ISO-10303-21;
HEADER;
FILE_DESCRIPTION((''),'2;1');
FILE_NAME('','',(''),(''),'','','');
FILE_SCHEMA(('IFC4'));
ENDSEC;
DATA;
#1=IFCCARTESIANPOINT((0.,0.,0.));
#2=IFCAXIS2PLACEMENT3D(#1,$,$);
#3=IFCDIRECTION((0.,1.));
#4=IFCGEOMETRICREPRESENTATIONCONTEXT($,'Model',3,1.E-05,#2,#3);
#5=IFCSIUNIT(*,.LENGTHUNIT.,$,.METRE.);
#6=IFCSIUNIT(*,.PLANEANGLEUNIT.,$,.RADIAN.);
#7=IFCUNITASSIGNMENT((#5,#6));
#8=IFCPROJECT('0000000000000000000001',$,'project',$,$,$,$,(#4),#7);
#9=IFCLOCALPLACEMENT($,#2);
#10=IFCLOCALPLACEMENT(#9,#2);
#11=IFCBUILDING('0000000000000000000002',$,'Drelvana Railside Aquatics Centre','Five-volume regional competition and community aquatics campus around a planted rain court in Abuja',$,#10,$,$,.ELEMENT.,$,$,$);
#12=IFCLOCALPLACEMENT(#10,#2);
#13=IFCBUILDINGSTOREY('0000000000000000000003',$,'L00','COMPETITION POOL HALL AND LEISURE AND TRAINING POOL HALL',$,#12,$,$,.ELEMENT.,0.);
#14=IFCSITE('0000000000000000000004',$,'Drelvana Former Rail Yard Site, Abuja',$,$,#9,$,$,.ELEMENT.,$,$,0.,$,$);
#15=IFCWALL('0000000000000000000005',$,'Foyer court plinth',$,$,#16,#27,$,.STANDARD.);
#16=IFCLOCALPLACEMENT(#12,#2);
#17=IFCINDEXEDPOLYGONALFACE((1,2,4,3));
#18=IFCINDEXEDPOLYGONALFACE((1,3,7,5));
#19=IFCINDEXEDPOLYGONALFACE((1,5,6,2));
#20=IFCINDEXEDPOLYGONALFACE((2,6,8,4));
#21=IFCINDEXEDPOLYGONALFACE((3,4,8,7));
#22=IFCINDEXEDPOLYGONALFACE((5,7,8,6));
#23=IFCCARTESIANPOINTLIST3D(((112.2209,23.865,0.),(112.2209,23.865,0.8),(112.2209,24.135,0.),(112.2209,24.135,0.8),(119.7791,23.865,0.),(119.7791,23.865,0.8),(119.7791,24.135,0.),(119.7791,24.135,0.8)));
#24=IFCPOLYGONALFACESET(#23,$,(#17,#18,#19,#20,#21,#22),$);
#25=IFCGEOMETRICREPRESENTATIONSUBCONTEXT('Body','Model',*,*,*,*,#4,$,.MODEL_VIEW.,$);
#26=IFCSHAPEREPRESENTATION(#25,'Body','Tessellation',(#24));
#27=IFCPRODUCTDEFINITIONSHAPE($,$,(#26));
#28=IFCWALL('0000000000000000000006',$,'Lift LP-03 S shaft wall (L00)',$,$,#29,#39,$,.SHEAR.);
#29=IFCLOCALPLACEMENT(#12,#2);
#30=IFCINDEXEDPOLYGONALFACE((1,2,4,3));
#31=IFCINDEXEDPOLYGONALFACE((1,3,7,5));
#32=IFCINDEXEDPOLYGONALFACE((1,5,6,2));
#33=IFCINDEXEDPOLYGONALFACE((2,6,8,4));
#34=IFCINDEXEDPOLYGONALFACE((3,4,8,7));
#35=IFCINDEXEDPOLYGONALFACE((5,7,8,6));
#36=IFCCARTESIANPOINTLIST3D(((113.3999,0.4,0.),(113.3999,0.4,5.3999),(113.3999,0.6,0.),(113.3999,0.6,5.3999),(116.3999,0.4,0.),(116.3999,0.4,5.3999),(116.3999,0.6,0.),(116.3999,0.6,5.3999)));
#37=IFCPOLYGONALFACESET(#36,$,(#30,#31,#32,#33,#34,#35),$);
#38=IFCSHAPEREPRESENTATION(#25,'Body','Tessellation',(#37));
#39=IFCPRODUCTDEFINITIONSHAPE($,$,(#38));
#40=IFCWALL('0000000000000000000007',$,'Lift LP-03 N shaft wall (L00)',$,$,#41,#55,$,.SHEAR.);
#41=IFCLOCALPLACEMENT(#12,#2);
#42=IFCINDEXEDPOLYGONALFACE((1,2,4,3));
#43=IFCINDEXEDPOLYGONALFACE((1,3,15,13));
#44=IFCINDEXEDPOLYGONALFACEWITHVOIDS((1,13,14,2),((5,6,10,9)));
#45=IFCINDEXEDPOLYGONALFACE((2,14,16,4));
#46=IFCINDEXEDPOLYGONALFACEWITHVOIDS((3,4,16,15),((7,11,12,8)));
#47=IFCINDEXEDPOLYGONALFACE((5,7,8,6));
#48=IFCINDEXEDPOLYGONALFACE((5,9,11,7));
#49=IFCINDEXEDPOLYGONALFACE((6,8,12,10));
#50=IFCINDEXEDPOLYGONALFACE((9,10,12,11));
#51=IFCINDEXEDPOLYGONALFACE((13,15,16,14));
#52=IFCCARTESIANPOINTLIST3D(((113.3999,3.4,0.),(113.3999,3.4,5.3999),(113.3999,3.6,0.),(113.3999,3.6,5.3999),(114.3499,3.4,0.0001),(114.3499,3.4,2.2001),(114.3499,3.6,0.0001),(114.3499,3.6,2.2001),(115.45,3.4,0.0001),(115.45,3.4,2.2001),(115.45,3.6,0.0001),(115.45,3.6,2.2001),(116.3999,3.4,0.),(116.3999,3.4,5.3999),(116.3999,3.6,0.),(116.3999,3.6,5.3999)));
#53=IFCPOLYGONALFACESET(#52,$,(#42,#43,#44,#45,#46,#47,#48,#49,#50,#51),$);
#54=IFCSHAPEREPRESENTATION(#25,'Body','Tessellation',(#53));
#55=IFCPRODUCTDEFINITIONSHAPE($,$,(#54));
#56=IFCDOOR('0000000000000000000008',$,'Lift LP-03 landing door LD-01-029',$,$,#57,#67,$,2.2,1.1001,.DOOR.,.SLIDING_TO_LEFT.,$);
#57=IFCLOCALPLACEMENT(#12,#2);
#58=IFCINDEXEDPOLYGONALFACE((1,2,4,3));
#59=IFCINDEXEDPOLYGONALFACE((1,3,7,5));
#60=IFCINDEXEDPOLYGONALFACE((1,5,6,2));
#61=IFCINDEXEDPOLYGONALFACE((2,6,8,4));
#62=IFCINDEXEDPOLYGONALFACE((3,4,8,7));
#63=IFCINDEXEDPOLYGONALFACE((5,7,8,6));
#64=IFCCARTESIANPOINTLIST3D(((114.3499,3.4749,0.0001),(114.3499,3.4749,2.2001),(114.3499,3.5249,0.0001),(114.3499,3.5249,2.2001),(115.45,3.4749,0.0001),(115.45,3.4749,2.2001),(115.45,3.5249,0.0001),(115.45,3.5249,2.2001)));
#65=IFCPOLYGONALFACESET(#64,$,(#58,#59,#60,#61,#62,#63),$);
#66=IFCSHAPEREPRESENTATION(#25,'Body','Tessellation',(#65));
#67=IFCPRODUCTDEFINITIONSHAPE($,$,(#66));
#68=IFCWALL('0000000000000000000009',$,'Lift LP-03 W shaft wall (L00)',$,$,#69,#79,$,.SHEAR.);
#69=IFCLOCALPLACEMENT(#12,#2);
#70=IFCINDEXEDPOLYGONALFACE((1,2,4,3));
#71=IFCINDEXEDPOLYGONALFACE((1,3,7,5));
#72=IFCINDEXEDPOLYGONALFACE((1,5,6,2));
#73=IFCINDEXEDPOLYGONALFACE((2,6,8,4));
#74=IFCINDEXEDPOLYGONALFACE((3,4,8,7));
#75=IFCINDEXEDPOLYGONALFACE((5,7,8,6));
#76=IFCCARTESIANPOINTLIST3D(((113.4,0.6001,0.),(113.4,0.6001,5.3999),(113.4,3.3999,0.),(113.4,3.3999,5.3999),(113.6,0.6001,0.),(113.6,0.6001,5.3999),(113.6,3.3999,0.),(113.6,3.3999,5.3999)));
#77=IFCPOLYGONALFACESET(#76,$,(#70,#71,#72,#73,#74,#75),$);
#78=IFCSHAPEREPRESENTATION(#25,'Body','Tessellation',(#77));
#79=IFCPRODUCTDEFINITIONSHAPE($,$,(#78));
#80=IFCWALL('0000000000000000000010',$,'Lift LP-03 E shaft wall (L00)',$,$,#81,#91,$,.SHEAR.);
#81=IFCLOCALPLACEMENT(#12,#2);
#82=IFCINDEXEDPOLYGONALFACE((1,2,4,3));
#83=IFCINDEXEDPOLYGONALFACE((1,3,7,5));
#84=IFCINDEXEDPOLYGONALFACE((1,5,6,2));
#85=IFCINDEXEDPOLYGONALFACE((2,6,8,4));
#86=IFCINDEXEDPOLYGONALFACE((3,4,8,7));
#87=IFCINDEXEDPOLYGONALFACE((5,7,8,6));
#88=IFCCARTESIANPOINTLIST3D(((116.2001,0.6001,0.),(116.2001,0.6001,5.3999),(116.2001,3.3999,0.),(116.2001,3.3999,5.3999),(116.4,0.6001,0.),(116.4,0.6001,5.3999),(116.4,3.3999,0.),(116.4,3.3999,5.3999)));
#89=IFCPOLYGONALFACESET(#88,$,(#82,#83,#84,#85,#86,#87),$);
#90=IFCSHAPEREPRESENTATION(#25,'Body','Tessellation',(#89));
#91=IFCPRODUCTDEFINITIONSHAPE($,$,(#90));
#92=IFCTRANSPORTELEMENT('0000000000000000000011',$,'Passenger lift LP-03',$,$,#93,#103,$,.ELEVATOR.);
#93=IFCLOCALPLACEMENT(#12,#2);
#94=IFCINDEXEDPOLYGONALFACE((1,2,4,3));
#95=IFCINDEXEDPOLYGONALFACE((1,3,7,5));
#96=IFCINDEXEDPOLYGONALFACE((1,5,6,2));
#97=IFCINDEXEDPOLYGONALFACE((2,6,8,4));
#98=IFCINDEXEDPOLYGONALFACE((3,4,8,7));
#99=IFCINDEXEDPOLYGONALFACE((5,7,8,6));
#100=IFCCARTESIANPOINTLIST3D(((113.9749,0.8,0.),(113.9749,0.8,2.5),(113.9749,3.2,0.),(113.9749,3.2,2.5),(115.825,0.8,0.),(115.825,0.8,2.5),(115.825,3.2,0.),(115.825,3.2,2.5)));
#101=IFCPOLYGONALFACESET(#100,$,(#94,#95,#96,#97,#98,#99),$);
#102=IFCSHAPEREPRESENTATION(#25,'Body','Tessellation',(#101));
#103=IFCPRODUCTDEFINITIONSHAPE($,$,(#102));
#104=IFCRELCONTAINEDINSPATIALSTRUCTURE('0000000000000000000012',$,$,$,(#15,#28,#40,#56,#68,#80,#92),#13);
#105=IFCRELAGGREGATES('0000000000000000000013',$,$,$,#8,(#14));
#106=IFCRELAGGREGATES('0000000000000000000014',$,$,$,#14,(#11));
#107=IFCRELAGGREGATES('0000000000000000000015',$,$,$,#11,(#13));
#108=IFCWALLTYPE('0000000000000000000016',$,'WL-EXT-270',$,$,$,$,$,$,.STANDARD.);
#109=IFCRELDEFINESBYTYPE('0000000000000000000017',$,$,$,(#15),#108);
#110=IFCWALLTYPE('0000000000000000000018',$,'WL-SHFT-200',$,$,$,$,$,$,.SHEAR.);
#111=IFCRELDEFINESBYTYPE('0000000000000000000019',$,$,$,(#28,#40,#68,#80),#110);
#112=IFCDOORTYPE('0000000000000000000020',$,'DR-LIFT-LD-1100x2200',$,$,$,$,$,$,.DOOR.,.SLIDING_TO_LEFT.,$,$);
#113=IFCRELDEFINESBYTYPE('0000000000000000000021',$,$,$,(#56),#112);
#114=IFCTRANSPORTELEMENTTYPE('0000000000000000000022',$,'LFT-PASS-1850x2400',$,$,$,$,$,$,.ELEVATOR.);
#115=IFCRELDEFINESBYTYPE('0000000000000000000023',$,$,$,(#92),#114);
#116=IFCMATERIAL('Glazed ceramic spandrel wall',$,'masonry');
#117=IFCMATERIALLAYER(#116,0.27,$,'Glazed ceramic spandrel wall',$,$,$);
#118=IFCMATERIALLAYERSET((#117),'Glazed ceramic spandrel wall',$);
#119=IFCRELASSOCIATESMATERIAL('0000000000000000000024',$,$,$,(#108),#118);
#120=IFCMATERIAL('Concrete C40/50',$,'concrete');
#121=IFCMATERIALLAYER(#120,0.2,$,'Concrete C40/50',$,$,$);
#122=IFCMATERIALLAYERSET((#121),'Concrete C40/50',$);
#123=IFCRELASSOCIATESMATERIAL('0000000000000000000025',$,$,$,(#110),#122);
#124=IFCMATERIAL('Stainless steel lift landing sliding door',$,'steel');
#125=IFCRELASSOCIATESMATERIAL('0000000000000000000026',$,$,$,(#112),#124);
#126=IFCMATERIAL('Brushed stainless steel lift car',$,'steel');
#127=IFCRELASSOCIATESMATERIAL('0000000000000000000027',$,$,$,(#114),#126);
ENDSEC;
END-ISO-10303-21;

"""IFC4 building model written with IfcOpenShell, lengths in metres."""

from ifc_helpers import new_model, si_unit, direction, frame, frame_2d, origin, origin_2d, place, context, subcontext, project, spatial, rectangle, extrude, material, layer, layer_set, type_object, element, fill, save


model = new_model("IFC4")

# Units and contexts
model_context = context("Model", 3, precision=1e-05, world=origin(), true_north=direction((0.0, 1.0)))
body_context = subcontext(model_context, "Body", "Model", "MODEL_VIEW")
ifc_project = project(units=[si_unit("LENGTHUNIT", "METRE"), si_unit("PLANEANGLEUNIT", "RADIAN")], contexts=[model_context])

# Site, building, storey
site_placement = place(None, origin())
site = spatial("IfcSite", under=ifc_project, at=site_placement, Name="Drelvana Former Rail Yard Site, Abuja", CompositionType="ELEMENT", RefElevation=0.0)
building_placement = place(site_placement, origin())
building = spatial("IfcBuilding", under=site, at=building_placement, Name="Drelvana Railside Aquatics Centre", Description="Five-volume regional competition and community aquatics campus around a planted rain court in Abuja", CompositionType="ELEMENT")
storey_placement = place(building_placement, origin())
storey = spatial("IfcBuildingStorey", under=building, at=storey_placement, Name="L00", Description="COMPETITION POOL HALL AND LEISURE AND TRAINING POOL HALL", CompositionType="ELEMENT", Elevation=0.0)

# Shared definitions
ifc_material_1 = material(Name="Concrete C40/50", Category="concrete")

# Walls
ifc_material_2 = material(Name="Glazed ceramic spandrel wall", Category="masonry")
ifc_layer_1 = layer(ifc_material_2, 0.27, Name="Glazed ceramic spandrel wall")
ifc_layer_set_1 = layer_set([ifc_layer_1], Name="Glazed ceramic spandrel wall")
wall_type_1 = type_object("IfcWallType", Name="WL-EXT-270", PredefinedType="STANDARD", material=ifc_layer_set_1)
wall_1_placement = place(storey_placement, frame((112.2209, 24.0, 0.0), z_axis=(0.0, 0.0, 1.0), x_axis=(1.0, 0.0, 0.0)))
element("IfcWall", 1, at=wall_1_placement, inside=storey, type_object=wall_type_1, Name="Foyer court plinth", PredefinedType="STANDARD", context=body_context, shape_type="SweptSolid", body=[
    extrude(rectangle(XDim=7.5581, YDim=0.27, at=frame_2d((3.7791, 0.0))), origin(), (0.0, 0.0, 1.0), 0.8),
])
ifc_layer_2 = layer(ifc_material_1, 0.2, Name="Concrete C40/50")
ifc_layer_set_2 = layer_set([ifc_layer_2], Name="Concrete C40/50")
wall_type_2 = type_object("IfcWallType", Name="WL-SHFT-200", PredefinedType="SHEAR", material=ifc_layer_set_2)
wall_2_placement = place(storey_placement, frame((113.3999, 0.5, 0.0), z_axis=(0.0, 0.0, 1.0), x_axis=(1.0, 0.0, 0.0)))
element("IfcWall", 2, at=wall_2_placement, inside=storey, type_object=wall_type_2, Name="Lift LP-03 S shaft wall (L00)", PredefinedType="SHEAR", context=body_context, shape_type="SweptSolid", body=[
    extrude(rectangle(XDim=3.0, YDim=0.2, at=frame_2d((1.5, 0.0))), origin(), (0.0, 0.0, 1.0), 5.3999),
])

# Wall, opening, door
wall_3_placement = place(storey_placement, frame((113.3999, 3.5, 0.0), z_axis=(0.0, 0.0, 1.0), x_axis=(1.0, 0.0, 0.0)))
wall_3 = element("IfcWall", 3, at=wall_3_placement, inside=storey, type_object=wall_type_2, Name="Lift LP-03 N shaft wall (L00)", PredefinedType="SHEAR", context=body_context, shape_type="SweptSolid", body=[
    extrude(rectangle(XDim=3.0, YDim=0.2, at=frame_2d((1.5, 0.0))), origin(), (0.0, 0.0, 1.0), 5.3999),
])
opening_placement = place(wall_3_placement, frame((0.95, 0.0, 0.0)))
opening = element("IfcOpeningElement", 4, at=opening_placement, cuts=wall_3, PredefinedType="OPENING", context=body_context, shape_type="SweptSolid", body=[
    extrude(rectangle(XDim=1.1001, YDim=2.2, at=frame_2d((0.55, 1.1001))), frame((0.0, 0.1099, 0.0), z_axis=(0.0, -1.0, 0.0), x_axis=(1.0, 0.0, 0.0)), (0.0, 0.0, 1.0), 0.22),
])
ifc_material_3 = material(Name="Stainless steel lift landing sliding door", Category="steel")
door_type = type_object("IfcDoorType", Name="DR-LIFT-LD-1100x2200", OperationType="SLIDING_TO_LEFT", PredefinedType="DOOR", material=ifc_material_3)
door_placement = place(opening_placement, origin())
door = element("IfcDoor", 5, at=door_placement, inside=storey, type_object=door_type, Name="Lift LP-03 landing door LD-01-029", OperationType="SLIDING_TO_LEFT", OverallHeight=2.2, OverallWidth=1.1001, PredefinedType="DOOR", context=body_context, shape_type="SweptSolid", body=[
    extrude(rectangle(XDim=1.1001, YDim=2.2, at=frame_2d((0.55, 1.1001))), frame((0.0, 0.0249, 0.0), z_axis=(0.0, -1.0, 0.0), x_axis=(1.0, 0.0, 0.0)), (0.0, 0.0, 1.0), 0.05),
])
fill(opening, door)

# Walls
for number, where, z_axis, x_axis, name in (
    (6, (113.5, 0.6001, 0.0), (0.0, 0.0, 1.0), (0.0, 1.0, 0.0), "Lift LP-03 W shaft wall (L00)"),
    (7, (116.3, 0.6001, 0.0), (0.0, 0.0, 1.0), (0.0, 1.0, 0.0), "Lift LP-03 E shaft wall (L00)"),
):
    element("IfcWall", number, at=place(storey_placement, frame(where, z_axis=z_axis, x_axis=x_axis)), inside=storey, type_object=wall_type_2, Name=name, PredefinedType="SHEAR", context=body_context, shape_type="SweptSolid", body=[
        extrude(rectangle(XDim=2.7998, YDim=0.2, at=frame_2d((1.3999, 0.0))), origin(), (0.0, 0.0, 1.0), 5.3999),
    ])

# Transport element
ifc_material_4 = material(Name="Brushed stainless steel lift car", Category="steel")
transport_element_type = type_object("IfcTransportElementType", Name="LFT-PASS-1850x2400", PredefinedType="ELEVATOR", material=ifc_material_4)
transport_element_placement = place(storey_placement, frame((114.8999, 2.0, 0.0), z_axis=(0.0, 0.0, 1.0), x_axis=(1.0, 0.0, 0.0)))
element("IfcTransportElement", 8, at=transport_element_placement, inside=storey, type_object=transport_element_type, Name="Passenger lift LP-03", PredefinedType="ELEVATOR", context=body_context, shape_type="SweptSolid", body=[
    extrude(rectangle(XDim=1.8501, YDim=2.3999, at=origin_2d()), origin(), (0.0, 0.0, 1.0), 2.5),
])

save(model, "model.ifc")
